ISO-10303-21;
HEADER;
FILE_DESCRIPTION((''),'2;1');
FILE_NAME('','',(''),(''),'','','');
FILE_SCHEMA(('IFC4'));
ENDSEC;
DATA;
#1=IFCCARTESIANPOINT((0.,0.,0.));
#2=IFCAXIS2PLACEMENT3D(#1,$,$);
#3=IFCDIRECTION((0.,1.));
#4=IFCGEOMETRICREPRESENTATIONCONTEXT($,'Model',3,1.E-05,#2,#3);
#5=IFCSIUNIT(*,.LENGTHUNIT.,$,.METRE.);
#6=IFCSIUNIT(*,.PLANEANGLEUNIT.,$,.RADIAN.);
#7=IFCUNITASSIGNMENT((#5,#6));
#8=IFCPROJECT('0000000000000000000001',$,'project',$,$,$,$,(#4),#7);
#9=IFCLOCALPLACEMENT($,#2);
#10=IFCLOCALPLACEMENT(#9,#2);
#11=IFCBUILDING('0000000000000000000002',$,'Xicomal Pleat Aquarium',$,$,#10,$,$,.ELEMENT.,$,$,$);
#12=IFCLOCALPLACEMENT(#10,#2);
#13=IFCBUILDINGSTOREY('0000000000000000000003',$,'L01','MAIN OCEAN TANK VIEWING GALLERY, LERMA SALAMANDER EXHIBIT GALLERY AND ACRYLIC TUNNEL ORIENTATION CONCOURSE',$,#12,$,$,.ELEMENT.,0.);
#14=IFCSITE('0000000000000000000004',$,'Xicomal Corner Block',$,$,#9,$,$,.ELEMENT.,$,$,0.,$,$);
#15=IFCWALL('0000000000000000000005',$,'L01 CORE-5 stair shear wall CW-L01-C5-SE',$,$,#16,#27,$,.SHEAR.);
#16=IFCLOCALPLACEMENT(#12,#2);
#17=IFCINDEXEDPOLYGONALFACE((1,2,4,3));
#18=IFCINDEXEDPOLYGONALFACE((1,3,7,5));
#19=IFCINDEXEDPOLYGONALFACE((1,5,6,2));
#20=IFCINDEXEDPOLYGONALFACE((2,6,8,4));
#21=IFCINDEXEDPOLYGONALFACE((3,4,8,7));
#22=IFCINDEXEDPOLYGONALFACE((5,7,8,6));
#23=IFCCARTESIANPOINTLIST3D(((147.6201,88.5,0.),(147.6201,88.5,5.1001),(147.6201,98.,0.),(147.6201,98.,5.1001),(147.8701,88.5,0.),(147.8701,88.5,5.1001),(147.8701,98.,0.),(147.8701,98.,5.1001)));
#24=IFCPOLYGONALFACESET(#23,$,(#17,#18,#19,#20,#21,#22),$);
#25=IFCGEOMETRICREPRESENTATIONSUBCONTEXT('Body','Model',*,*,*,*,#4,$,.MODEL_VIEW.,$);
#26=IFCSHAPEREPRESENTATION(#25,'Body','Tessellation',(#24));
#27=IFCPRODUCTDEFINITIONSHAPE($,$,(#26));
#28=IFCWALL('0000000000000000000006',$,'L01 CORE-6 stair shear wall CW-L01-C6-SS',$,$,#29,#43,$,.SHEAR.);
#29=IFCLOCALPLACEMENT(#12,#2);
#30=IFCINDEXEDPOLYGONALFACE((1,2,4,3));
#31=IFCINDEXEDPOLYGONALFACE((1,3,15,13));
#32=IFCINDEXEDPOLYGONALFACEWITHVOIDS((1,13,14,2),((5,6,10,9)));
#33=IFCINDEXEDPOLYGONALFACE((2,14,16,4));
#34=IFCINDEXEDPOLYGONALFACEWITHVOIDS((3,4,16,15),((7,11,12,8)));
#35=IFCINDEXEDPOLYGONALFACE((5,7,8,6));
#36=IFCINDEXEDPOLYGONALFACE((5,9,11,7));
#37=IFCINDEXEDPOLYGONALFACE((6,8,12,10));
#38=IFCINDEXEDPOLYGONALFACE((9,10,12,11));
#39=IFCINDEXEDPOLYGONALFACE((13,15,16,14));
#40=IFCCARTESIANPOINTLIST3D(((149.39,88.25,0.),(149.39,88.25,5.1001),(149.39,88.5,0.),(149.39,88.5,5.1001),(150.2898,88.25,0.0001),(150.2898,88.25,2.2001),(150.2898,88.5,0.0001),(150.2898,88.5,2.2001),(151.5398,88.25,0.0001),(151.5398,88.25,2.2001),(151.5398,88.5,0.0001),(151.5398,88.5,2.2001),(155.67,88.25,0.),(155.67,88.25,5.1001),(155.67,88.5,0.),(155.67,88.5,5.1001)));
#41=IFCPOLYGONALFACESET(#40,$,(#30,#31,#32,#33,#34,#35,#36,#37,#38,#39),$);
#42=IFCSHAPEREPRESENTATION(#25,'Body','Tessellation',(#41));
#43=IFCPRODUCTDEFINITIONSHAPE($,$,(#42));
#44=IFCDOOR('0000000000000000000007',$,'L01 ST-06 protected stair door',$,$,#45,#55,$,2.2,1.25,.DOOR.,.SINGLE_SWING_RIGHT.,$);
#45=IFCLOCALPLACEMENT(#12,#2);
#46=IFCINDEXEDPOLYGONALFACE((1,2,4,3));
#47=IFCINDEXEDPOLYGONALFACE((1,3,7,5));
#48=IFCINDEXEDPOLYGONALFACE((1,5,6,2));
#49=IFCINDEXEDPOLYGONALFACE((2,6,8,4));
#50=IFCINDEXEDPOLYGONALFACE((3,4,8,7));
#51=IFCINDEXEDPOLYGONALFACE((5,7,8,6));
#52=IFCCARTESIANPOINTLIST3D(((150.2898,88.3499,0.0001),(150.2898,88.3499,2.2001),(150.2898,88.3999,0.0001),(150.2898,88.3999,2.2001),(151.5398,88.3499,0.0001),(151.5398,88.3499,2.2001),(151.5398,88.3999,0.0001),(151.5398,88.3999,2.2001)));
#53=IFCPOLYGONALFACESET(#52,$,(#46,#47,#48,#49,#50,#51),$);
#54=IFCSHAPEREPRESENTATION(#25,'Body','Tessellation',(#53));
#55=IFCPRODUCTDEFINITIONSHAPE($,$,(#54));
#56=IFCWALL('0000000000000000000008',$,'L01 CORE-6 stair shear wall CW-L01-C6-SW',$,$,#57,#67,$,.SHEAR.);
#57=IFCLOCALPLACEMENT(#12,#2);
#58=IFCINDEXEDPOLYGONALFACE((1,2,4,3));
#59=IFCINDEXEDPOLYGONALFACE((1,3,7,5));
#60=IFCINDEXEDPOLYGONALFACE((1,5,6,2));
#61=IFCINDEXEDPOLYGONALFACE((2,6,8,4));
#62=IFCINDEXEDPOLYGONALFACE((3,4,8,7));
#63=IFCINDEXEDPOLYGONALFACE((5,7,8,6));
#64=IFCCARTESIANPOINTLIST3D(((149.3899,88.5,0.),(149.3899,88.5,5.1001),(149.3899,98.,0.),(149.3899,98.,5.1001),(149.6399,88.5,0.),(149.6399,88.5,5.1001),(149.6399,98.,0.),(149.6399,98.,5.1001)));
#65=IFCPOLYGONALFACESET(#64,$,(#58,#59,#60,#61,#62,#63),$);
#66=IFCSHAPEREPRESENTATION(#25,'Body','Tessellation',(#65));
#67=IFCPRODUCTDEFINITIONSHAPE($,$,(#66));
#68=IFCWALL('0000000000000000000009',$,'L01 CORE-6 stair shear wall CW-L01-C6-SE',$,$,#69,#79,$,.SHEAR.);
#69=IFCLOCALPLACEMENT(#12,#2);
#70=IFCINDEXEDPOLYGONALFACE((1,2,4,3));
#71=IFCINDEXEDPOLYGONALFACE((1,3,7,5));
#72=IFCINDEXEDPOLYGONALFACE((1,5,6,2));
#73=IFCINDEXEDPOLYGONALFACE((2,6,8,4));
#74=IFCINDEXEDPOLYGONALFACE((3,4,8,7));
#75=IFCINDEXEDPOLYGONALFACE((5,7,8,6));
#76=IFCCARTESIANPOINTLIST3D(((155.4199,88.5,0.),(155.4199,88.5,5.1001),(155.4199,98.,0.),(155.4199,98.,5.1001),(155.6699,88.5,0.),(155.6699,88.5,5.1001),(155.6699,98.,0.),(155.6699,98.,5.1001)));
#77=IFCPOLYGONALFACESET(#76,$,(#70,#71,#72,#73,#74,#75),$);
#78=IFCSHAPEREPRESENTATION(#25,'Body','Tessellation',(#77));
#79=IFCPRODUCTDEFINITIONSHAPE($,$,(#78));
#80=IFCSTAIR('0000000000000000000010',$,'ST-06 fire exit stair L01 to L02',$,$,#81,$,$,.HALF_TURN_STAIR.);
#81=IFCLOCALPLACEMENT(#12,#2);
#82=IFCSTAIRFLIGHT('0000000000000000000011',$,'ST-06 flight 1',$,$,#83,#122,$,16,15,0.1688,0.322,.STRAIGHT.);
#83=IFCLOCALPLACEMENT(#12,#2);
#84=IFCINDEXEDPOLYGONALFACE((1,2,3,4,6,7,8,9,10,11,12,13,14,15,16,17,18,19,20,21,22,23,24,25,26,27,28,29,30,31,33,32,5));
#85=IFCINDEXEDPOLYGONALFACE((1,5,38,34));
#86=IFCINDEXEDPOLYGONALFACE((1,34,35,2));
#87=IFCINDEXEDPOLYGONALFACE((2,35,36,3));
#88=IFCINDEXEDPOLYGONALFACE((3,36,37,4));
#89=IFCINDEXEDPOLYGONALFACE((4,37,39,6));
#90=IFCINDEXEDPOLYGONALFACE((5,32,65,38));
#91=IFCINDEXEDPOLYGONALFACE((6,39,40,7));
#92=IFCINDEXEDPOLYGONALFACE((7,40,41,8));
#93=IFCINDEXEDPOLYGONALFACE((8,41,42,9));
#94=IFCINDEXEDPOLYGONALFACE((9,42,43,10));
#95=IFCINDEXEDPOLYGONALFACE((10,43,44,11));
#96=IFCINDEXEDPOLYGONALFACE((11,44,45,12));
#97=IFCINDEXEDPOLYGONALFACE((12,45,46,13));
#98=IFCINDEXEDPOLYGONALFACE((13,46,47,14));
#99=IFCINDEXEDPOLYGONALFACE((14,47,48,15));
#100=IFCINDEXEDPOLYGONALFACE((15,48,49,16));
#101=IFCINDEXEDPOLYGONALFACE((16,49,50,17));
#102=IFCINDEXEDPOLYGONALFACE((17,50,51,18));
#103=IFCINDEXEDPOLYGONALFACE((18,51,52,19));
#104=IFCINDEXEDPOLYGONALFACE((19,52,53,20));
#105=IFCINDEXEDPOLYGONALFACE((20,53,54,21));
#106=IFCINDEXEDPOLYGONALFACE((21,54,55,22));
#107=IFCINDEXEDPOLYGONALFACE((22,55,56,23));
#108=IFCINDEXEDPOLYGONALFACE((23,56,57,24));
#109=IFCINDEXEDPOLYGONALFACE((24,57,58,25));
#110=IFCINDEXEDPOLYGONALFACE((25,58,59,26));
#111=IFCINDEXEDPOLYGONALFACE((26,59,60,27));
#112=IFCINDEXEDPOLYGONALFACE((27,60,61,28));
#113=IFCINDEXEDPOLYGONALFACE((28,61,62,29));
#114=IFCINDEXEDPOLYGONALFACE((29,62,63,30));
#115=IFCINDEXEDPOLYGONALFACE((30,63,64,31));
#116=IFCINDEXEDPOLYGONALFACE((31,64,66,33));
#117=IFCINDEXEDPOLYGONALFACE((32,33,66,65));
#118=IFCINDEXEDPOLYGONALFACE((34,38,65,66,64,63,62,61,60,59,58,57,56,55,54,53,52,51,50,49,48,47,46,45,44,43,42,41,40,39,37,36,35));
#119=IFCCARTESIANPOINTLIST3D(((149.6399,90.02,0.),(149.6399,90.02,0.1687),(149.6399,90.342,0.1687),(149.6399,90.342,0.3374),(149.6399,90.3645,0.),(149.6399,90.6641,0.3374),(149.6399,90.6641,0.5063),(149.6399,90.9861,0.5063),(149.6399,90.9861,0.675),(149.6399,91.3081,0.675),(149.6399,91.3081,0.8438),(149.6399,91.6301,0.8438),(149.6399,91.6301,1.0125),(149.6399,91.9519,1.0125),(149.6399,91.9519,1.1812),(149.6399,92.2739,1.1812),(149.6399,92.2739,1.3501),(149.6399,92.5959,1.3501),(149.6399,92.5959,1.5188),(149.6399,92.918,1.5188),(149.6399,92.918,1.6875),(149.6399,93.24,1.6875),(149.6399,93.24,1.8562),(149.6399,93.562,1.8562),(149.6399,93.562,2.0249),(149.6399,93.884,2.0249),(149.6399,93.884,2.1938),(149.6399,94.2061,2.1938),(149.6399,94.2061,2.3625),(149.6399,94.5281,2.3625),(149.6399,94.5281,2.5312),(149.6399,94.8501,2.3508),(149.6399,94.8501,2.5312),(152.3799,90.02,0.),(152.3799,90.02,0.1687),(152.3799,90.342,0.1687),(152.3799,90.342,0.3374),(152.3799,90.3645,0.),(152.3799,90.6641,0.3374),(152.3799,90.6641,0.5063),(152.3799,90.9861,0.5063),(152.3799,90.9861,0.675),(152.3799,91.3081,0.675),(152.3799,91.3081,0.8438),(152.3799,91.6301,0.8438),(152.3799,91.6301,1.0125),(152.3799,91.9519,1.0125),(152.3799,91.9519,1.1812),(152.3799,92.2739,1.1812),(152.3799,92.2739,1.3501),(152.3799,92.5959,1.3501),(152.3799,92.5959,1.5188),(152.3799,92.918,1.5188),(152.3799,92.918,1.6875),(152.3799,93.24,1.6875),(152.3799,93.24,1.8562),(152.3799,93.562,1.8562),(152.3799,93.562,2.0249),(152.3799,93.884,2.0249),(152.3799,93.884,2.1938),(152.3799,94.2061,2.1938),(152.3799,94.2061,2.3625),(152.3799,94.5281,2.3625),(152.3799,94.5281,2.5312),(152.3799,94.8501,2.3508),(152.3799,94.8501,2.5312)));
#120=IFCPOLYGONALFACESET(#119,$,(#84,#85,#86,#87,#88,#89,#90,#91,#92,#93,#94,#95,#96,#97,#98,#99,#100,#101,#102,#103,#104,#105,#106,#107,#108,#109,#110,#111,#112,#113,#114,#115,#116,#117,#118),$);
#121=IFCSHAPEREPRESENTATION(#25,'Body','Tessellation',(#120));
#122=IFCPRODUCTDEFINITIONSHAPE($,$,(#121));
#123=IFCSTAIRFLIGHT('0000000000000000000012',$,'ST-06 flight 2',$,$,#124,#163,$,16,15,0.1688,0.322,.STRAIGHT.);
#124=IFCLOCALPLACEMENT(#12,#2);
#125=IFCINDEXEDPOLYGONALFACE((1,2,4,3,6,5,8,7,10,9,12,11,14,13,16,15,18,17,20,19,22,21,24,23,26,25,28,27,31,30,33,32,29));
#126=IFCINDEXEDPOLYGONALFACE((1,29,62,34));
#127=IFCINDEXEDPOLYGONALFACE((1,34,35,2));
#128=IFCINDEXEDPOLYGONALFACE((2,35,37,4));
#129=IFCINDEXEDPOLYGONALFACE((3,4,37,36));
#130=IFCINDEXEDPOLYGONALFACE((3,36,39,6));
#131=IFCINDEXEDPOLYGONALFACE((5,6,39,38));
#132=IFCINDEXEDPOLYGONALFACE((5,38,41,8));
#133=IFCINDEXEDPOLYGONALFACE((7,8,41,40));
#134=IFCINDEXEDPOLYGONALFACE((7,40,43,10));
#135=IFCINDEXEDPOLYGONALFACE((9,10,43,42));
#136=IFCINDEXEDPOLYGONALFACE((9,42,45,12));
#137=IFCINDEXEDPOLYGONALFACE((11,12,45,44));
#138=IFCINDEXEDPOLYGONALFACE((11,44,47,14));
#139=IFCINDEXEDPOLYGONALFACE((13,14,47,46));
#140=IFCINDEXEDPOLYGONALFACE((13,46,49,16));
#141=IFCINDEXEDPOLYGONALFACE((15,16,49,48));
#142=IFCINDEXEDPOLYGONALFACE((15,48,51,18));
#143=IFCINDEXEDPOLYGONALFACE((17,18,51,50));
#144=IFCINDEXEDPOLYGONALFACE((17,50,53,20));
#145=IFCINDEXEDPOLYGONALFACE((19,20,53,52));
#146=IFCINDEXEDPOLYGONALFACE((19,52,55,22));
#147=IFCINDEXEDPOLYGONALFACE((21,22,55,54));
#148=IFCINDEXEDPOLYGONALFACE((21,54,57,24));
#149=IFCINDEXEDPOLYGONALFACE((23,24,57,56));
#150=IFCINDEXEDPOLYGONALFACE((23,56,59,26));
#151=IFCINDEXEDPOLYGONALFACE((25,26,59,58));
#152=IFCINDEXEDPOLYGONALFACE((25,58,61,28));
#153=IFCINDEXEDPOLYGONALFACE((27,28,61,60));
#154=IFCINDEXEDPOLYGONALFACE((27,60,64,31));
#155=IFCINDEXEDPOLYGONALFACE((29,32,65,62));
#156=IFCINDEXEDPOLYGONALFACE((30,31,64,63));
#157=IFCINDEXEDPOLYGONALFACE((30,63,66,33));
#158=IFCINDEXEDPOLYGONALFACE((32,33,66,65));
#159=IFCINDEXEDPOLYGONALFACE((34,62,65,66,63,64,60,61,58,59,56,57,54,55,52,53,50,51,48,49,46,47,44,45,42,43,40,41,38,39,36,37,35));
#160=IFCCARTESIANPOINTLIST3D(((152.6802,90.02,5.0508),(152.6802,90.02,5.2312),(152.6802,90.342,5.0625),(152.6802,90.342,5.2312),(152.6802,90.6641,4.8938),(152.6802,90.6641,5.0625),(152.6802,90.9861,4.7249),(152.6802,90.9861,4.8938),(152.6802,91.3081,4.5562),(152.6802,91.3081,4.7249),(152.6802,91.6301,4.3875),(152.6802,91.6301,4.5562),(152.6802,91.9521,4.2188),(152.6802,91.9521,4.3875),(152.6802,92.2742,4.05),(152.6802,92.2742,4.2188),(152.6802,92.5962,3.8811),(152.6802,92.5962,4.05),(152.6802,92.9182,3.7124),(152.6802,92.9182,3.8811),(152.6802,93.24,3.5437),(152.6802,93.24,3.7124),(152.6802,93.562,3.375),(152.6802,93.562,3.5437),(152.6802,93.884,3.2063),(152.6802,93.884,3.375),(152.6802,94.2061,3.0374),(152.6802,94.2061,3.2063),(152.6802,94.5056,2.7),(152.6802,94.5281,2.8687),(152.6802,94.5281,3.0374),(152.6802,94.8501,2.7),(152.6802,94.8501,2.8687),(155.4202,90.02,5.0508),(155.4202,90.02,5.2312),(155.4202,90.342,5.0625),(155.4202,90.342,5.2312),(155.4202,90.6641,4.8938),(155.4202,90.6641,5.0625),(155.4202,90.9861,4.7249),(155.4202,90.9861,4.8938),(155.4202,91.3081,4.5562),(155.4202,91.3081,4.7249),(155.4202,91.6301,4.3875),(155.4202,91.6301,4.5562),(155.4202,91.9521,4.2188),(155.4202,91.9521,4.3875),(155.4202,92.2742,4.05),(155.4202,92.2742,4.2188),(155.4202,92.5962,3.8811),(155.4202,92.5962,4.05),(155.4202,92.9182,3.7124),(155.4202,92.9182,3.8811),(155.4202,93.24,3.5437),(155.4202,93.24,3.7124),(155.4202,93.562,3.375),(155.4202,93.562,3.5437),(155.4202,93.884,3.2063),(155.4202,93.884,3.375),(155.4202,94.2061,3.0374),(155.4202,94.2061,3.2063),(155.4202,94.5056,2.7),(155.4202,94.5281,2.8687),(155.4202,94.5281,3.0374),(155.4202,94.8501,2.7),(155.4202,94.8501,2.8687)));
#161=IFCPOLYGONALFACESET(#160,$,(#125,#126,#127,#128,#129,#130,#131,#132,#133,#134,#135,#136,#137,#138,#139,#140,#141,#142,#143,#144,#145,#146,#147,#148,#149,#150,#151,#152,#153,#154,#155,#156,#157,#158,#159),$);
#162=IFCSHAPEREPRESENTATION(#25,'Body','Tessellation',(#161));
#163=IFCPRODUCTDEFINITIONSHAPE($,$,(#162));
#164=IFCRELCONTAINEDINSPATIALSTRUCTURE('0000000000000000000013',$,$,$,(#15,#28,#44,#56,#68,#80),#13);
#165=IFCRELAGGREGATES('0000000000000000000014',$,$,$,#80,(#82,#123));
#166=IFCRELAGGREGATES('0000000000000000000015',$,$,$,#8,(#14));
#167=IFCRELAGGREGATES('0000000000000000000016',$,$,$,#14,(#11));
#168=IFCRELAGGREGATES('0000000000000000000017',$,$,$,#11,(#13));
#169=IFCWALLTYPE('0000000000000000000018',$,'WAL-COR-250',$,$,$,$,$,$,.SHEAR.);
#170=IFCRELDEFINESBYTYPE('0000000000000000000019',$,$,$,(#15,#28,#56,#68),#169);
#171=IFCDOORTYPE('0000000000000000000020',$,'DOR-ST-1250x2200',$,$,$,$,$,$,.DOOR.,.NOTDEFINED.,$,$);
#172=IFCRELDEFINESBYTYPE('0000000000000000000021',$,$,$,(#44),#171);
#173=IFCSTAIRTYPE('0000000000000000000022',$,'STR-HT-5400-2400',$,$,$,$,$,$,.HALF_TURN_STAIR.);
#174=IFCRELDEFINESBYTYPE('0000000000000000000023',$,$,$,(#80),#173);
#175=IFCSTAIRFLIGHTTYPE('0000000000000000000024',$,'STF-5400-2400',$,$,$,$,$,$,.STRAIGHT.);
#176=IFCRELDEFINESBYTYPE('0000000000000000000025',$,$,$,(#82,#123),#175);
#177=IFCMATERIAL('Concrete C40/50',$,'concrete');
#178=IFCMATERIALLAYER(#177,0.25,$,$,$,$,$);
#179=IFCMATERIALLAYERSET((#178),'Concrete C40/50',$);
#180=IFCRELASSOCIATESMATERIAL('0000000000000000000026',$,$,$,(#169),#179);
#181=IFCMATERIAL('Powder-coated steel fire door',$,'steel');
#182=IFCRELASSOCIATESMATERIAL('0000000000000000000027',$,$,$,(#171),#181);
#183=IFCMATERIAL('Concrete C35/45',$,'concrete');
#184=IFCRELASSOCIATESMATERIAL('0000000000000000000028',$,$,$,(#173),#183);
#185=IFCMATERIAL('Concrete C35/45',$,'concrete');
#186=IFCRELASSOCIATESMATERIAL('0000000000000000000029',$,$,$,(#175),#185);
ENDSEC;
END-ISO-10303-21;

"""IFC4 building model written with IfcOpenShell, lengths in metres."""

from ifc_helpers import new_model, si_unit, direction, frame, frame_2d, origin, place, context, subcontext, project, spatial, polyline, rectangle, outline, extrude, material, layer, layer_set, type_object, element, fill, aggregate, save


model = new_model("IFC4")

# Units and contexts
model_context = context("Model", 3, precision=1e-05, world=origin(), true_north=direction((0.0, 1.0)))
body_context = subcontext(model_context, "Body", "Model", "MODEL_VIEW")
ifc_project = project(units=[si_unit("LENGTHUNIT", "METRE"), si_unit("PLANEANGLEUNIT", "RADIAN")], contexts=[model_context])

# Site, building, storey
site_placement = place(None, origin())
site = spatial("IfcSite", under=ifc_project, at=site_placement, Name="Xicomal Corner Block", CompositionType="ELEMENT", RefElevation=0.0)
building_placement = place(site_placement, origin())
building = spatial("IfcBuilding", under=site, at=building_placement, Name="Xicomal Pleat Aquarium", CompositionType="ELEMENT")
storey_placement = place(building_placement, origin())
storey = spatial("IfcBuildingStorey", under=building, at=storey_placement, Name="L01", Description="MAIN OCEAN TANK VIEWING GALLERY, LERMA SALAMANDER EXHIBIT GALLERY AND ACRYLIC TUNNEL ORIENTATION CONCOURSE", CompositionType="ELEMENT", Elevation=0.0)

# Wall
ifc_material_1 = material(Name="Concrete C40/50", Category="concrete")
ifc_layer_1 = layer(ifc_material_1, 0.25)
ifc_layer_set_1 = layer_set([ifc_layer_1], Name="Concrete C40/50")
wall_type_1 = type_object("IfcWallType", Name="WAL-COR-250", PredefinedType="SHEAR", material=ifc_layer_set_1)
wall_1_placement = place(storey_placement, frame((147.7451, 88.5, 0.0), z_axis=(0.0, 0.0, 1.0), x_axis=(0.0, 1.0, 0.0)))
element("IfcWall", 1, at=wall_1_placement, inside=storey, type_object=wall_type_1, Name="L01 CORE-5 stair shear wall CW-L01-C5-SE", PredefinedType="SHEAR", context=body_context, shape_type="SweptSolid", body=[
    extrude(rectangle(XDim=9.5, YDim=0.25, at=frame_2d((4.75, 0.0))), origin(), (0.0, 0.0, 1.0), 5.1001),
])

# Wall, opening, door
wall_2_placement = place(storey_placement, frame((149.3899, 88.375, 0.0), z_axis=(0.0, 0.0, 1.0), x_axis=(1.0, 0.0, 0.0)))
wall_2 = element("IfcWall", 2, at=wall_2_placement, inside=storey, type_object=wall_type_1, Name="L01 CORE-6 stair shear wall CW-L01-C6-SS", PredefinedType="SHEAR", context=body_context, shape_type="SweptSolid", body=[
    extrude(rectangle(XDim=6.28, YDim=0.25, at=frame_2d((3.1401, 0.0))), origin(), (0.0, 0.0, 1.0), 5.1001),
])
opening_1_placement = place(wall_2_placement, frame((0.8999, 0.0, 0.0)))
opening_1 = element("IfcOpeningElement", 3, at=opening_1_placement, cuts=wall_2, PredefinedType="OPENING", context=body_context, shape_type="SweptSolid", body=[
    extrude(rectangle(XDim=1.25, YDim=2.2, at=frame_2d((0.625, 1.1001))), frame((0.0, 0.135, 0.0), z_axis=(0.0, -1.0, 0.0), x_axis=(1.0, 0.0, 0.0)), (0.0, 0.0, 1.0), 0.27),
])
ifc_material_2 = material(Name="Powder-coated steel fire door", Category="steel")
door_type_1 = type_object("IfcDoorType", Name="DOR-ST-1250x2200", OperationType="NOTDEFINED", PredefinedType="DOOR", material=ifc_material_2)
door_1_placement = place(opening_1_placement, origin())
door_1 = element("IfcDoor", 4, at=door_1_placement, inside=storey, type_object=door_type_1, Name="L01 ST-06 protected stair door", OperationType="SINGLE_SWING_RIGHT", OverallHeight=2.2, OverallWidth=1.25, PredefinedType="DOOR", context=body_context, shape_type="SweptSolid", body=[
    extrude(rectangle(XDim=1.25, YDim=2.2, at=frame_2d((0.625, 1.1001))), frame((0.0, 0.0249, 0.0), z_axis=(0.0, -1.0, 0.0), x_axis=(1.0, 0.0, 0.0)), (0.0, 0.0, 1.0), 0.05),
])
fill(opening_1, door_1)

# Walls
for number, where, z_axis, x_axis, name in (
    (5, (149.5149, 88.5, 0.0), (0.0, 0.0, 1.0), (0.0, 1.0, 0.0), "L01 CORE-6 stair shear wall CW-L01-C6-SW"),
    (6, (155.5449, 88.5, 0.0), (0.0, 0.0, 1.0), (0.0, 1.0, 0.0), "L01 CORE-6 stair shear wall CW-L01-C6-SE"),
):
    element("IfcWall", number, at=place(storey_placement, frame(where, z_axis=z_axis, x_axis=x_axis)), inside=storey, type_object=wall_type_1, Name=name, PredefinedType="SHEAR", context=body_context, shape_type="SweptSolid", body=[
        extrude(rectangle(XDim=9.5, YDim=0.25, at=frame_2d((4.75, 0.0))), origin(), (0.0, 0.0, 1.0), 5.1001),
    ])

# Stair, stair flights
ifc_material_3 = material(Name="Concrete C35/45", Category="concrete")
stair_type = type_object("IfcStairType", Name="STR-HT-5400-2400", PredefinedType="HALF_TURN_STAIR", material=ifc_material_3)
stair_placement = place(storey_placement, origin())
stair = element("IfcStair", 7, at=stair_placement, inside=storey, type_object=stair_type, Name="ST-06 fire exit stair L01 to L02", PredefinedType="HALF_TURN_STAIR")
ifc_material_4 = material(Name="Concrete C35/45", Category="concrete")
stair_flight_type = type_object("IfcStairFlightType", Name="STF-5400-2400", PredefinedType="STRAIGHT", material=ifc_material_4)
stair_flight_1_placement = place(storey_placement, frame((151.01, 90.02, 0.0), z_axis=(0.0, 0.0, 1.0), x_axis=(0.0, 1.0, 0.0)))
stair_flight_1 = element("IfcStairFlight", 8, at=stair_flight_1_placement, type_object=stair_flight_type, Name="ST-06 flight 1", NumberOfRisers=16, NumberOfTreads=15, PredefinedType="STRAIGHT", RiserHeight=0.1688, TreadLength=0.322, context=body_context, shape_type="SweptSolid", body=[
    extrude(outline(polyline([(0.0, 0.0), (0.0, 0.1687), (0.322, 0.1687), (0.322, 0.3374), (0.644, 0.3374), (0.644, 0.5063), (0.9661, 0.5063), (0.9661, 0.675), (1.2881, 0.675), (1.2881, 0.8438), (1.6101, 0.8438), (1.6101, 1.0125), (1.9319, 1.0125), (1.9319, 1.1812), (2.2539, 1.1812), (2.2539, 1.3501), (2.5759, 1.3501), (2.5759, 1.5188), (2.8979, 1.5188), (2.8979, 1.6875), (3.22, 1.6875), (3.22, 1.8562), (3.542, 1.8562), (3.542, 2.0249), (3.864, 2.0249), (3.864, 2.1938), (4.186, 2.1938), (4.186, 2.3625), (4.5081, 2.3625), (4.5081, 2.5312), (4.8301, 2.5312), (4.8301, 2.7), (4.8301, 2.3508), (0.3445, 0.0), (0.0, 0.0)])), frame((0.0, 1.3701, 0.0), z_axis=(0.0, -1.0, 0.0), x_axis=(1.0, 0.0, 0.0)), (0.0, 0.0, 1.0), 2.74),
])
stair_flight_2_placement = place(storey_placement, frame((154.05, 94.8501, 2.7), z_axis=(0.0, 0.0, 1.0), x_axis=(0.0, -1.0, 0.0)))
stair_flight_2 = element("IfcStairFlight", 9, at=stair_flight_2_placement, type_object=stair_flight_type, Name="ST-06 flight 2", NumberOfRisers=16, NumberOfTreads=15, PredefinedType="STRAIGHT", RiserHeight=0.1688, TreadLength=0.322, context=body_context, shape_type="SweptSolid", body=[
    extrude(outline(polyline([(0.0, 0.0), (0.0, 0.1687), (0.322, 0.1687), (0.322, 0.3374), (0.644, 0.3374), (0.644, 0.5063), (0.9661, 0.5063), (0.9661, 0.675), (1.2881, 0.675), (1.2881, 0.8438), (1.6101, 0.8438), (1.6101, 1.0125), (1.9319, 1.0125), (1.9319, 1.1812), (2.2539, 1.1812), (2.2539, 1.3501), (2.5759, 1.3501), (2.5759, 1.5188), (2.8979, 1.5188), (2.8979, 1.6875), (3.22, 1.6875), (3.22, 1.8562), (3.542, 1.8562), (3.542, 2.0249), (3.864, 2.0249), (3.864, 2.1938), (4.186, 2.1938), (4.186, 2.3625), (4.5081, 2.3625), (4.5081, 2.5312), (4.8301, 2.5312), (4.8301, 2.7), (4.8301, 2.3508), (0.3445, 0.0), (0.0, 0.0)])), frame((0.0, 1.3701, 0.0), z_axis=(0.0, -1.0, 0.0), x_axis=(1.0, 0.0, 0.0)), (0.0, 0.0, 1.0), 2.74),
])
aggregate(stair, [stair_flight_1, stair_flight_2])

save(model, "model.ifc")
